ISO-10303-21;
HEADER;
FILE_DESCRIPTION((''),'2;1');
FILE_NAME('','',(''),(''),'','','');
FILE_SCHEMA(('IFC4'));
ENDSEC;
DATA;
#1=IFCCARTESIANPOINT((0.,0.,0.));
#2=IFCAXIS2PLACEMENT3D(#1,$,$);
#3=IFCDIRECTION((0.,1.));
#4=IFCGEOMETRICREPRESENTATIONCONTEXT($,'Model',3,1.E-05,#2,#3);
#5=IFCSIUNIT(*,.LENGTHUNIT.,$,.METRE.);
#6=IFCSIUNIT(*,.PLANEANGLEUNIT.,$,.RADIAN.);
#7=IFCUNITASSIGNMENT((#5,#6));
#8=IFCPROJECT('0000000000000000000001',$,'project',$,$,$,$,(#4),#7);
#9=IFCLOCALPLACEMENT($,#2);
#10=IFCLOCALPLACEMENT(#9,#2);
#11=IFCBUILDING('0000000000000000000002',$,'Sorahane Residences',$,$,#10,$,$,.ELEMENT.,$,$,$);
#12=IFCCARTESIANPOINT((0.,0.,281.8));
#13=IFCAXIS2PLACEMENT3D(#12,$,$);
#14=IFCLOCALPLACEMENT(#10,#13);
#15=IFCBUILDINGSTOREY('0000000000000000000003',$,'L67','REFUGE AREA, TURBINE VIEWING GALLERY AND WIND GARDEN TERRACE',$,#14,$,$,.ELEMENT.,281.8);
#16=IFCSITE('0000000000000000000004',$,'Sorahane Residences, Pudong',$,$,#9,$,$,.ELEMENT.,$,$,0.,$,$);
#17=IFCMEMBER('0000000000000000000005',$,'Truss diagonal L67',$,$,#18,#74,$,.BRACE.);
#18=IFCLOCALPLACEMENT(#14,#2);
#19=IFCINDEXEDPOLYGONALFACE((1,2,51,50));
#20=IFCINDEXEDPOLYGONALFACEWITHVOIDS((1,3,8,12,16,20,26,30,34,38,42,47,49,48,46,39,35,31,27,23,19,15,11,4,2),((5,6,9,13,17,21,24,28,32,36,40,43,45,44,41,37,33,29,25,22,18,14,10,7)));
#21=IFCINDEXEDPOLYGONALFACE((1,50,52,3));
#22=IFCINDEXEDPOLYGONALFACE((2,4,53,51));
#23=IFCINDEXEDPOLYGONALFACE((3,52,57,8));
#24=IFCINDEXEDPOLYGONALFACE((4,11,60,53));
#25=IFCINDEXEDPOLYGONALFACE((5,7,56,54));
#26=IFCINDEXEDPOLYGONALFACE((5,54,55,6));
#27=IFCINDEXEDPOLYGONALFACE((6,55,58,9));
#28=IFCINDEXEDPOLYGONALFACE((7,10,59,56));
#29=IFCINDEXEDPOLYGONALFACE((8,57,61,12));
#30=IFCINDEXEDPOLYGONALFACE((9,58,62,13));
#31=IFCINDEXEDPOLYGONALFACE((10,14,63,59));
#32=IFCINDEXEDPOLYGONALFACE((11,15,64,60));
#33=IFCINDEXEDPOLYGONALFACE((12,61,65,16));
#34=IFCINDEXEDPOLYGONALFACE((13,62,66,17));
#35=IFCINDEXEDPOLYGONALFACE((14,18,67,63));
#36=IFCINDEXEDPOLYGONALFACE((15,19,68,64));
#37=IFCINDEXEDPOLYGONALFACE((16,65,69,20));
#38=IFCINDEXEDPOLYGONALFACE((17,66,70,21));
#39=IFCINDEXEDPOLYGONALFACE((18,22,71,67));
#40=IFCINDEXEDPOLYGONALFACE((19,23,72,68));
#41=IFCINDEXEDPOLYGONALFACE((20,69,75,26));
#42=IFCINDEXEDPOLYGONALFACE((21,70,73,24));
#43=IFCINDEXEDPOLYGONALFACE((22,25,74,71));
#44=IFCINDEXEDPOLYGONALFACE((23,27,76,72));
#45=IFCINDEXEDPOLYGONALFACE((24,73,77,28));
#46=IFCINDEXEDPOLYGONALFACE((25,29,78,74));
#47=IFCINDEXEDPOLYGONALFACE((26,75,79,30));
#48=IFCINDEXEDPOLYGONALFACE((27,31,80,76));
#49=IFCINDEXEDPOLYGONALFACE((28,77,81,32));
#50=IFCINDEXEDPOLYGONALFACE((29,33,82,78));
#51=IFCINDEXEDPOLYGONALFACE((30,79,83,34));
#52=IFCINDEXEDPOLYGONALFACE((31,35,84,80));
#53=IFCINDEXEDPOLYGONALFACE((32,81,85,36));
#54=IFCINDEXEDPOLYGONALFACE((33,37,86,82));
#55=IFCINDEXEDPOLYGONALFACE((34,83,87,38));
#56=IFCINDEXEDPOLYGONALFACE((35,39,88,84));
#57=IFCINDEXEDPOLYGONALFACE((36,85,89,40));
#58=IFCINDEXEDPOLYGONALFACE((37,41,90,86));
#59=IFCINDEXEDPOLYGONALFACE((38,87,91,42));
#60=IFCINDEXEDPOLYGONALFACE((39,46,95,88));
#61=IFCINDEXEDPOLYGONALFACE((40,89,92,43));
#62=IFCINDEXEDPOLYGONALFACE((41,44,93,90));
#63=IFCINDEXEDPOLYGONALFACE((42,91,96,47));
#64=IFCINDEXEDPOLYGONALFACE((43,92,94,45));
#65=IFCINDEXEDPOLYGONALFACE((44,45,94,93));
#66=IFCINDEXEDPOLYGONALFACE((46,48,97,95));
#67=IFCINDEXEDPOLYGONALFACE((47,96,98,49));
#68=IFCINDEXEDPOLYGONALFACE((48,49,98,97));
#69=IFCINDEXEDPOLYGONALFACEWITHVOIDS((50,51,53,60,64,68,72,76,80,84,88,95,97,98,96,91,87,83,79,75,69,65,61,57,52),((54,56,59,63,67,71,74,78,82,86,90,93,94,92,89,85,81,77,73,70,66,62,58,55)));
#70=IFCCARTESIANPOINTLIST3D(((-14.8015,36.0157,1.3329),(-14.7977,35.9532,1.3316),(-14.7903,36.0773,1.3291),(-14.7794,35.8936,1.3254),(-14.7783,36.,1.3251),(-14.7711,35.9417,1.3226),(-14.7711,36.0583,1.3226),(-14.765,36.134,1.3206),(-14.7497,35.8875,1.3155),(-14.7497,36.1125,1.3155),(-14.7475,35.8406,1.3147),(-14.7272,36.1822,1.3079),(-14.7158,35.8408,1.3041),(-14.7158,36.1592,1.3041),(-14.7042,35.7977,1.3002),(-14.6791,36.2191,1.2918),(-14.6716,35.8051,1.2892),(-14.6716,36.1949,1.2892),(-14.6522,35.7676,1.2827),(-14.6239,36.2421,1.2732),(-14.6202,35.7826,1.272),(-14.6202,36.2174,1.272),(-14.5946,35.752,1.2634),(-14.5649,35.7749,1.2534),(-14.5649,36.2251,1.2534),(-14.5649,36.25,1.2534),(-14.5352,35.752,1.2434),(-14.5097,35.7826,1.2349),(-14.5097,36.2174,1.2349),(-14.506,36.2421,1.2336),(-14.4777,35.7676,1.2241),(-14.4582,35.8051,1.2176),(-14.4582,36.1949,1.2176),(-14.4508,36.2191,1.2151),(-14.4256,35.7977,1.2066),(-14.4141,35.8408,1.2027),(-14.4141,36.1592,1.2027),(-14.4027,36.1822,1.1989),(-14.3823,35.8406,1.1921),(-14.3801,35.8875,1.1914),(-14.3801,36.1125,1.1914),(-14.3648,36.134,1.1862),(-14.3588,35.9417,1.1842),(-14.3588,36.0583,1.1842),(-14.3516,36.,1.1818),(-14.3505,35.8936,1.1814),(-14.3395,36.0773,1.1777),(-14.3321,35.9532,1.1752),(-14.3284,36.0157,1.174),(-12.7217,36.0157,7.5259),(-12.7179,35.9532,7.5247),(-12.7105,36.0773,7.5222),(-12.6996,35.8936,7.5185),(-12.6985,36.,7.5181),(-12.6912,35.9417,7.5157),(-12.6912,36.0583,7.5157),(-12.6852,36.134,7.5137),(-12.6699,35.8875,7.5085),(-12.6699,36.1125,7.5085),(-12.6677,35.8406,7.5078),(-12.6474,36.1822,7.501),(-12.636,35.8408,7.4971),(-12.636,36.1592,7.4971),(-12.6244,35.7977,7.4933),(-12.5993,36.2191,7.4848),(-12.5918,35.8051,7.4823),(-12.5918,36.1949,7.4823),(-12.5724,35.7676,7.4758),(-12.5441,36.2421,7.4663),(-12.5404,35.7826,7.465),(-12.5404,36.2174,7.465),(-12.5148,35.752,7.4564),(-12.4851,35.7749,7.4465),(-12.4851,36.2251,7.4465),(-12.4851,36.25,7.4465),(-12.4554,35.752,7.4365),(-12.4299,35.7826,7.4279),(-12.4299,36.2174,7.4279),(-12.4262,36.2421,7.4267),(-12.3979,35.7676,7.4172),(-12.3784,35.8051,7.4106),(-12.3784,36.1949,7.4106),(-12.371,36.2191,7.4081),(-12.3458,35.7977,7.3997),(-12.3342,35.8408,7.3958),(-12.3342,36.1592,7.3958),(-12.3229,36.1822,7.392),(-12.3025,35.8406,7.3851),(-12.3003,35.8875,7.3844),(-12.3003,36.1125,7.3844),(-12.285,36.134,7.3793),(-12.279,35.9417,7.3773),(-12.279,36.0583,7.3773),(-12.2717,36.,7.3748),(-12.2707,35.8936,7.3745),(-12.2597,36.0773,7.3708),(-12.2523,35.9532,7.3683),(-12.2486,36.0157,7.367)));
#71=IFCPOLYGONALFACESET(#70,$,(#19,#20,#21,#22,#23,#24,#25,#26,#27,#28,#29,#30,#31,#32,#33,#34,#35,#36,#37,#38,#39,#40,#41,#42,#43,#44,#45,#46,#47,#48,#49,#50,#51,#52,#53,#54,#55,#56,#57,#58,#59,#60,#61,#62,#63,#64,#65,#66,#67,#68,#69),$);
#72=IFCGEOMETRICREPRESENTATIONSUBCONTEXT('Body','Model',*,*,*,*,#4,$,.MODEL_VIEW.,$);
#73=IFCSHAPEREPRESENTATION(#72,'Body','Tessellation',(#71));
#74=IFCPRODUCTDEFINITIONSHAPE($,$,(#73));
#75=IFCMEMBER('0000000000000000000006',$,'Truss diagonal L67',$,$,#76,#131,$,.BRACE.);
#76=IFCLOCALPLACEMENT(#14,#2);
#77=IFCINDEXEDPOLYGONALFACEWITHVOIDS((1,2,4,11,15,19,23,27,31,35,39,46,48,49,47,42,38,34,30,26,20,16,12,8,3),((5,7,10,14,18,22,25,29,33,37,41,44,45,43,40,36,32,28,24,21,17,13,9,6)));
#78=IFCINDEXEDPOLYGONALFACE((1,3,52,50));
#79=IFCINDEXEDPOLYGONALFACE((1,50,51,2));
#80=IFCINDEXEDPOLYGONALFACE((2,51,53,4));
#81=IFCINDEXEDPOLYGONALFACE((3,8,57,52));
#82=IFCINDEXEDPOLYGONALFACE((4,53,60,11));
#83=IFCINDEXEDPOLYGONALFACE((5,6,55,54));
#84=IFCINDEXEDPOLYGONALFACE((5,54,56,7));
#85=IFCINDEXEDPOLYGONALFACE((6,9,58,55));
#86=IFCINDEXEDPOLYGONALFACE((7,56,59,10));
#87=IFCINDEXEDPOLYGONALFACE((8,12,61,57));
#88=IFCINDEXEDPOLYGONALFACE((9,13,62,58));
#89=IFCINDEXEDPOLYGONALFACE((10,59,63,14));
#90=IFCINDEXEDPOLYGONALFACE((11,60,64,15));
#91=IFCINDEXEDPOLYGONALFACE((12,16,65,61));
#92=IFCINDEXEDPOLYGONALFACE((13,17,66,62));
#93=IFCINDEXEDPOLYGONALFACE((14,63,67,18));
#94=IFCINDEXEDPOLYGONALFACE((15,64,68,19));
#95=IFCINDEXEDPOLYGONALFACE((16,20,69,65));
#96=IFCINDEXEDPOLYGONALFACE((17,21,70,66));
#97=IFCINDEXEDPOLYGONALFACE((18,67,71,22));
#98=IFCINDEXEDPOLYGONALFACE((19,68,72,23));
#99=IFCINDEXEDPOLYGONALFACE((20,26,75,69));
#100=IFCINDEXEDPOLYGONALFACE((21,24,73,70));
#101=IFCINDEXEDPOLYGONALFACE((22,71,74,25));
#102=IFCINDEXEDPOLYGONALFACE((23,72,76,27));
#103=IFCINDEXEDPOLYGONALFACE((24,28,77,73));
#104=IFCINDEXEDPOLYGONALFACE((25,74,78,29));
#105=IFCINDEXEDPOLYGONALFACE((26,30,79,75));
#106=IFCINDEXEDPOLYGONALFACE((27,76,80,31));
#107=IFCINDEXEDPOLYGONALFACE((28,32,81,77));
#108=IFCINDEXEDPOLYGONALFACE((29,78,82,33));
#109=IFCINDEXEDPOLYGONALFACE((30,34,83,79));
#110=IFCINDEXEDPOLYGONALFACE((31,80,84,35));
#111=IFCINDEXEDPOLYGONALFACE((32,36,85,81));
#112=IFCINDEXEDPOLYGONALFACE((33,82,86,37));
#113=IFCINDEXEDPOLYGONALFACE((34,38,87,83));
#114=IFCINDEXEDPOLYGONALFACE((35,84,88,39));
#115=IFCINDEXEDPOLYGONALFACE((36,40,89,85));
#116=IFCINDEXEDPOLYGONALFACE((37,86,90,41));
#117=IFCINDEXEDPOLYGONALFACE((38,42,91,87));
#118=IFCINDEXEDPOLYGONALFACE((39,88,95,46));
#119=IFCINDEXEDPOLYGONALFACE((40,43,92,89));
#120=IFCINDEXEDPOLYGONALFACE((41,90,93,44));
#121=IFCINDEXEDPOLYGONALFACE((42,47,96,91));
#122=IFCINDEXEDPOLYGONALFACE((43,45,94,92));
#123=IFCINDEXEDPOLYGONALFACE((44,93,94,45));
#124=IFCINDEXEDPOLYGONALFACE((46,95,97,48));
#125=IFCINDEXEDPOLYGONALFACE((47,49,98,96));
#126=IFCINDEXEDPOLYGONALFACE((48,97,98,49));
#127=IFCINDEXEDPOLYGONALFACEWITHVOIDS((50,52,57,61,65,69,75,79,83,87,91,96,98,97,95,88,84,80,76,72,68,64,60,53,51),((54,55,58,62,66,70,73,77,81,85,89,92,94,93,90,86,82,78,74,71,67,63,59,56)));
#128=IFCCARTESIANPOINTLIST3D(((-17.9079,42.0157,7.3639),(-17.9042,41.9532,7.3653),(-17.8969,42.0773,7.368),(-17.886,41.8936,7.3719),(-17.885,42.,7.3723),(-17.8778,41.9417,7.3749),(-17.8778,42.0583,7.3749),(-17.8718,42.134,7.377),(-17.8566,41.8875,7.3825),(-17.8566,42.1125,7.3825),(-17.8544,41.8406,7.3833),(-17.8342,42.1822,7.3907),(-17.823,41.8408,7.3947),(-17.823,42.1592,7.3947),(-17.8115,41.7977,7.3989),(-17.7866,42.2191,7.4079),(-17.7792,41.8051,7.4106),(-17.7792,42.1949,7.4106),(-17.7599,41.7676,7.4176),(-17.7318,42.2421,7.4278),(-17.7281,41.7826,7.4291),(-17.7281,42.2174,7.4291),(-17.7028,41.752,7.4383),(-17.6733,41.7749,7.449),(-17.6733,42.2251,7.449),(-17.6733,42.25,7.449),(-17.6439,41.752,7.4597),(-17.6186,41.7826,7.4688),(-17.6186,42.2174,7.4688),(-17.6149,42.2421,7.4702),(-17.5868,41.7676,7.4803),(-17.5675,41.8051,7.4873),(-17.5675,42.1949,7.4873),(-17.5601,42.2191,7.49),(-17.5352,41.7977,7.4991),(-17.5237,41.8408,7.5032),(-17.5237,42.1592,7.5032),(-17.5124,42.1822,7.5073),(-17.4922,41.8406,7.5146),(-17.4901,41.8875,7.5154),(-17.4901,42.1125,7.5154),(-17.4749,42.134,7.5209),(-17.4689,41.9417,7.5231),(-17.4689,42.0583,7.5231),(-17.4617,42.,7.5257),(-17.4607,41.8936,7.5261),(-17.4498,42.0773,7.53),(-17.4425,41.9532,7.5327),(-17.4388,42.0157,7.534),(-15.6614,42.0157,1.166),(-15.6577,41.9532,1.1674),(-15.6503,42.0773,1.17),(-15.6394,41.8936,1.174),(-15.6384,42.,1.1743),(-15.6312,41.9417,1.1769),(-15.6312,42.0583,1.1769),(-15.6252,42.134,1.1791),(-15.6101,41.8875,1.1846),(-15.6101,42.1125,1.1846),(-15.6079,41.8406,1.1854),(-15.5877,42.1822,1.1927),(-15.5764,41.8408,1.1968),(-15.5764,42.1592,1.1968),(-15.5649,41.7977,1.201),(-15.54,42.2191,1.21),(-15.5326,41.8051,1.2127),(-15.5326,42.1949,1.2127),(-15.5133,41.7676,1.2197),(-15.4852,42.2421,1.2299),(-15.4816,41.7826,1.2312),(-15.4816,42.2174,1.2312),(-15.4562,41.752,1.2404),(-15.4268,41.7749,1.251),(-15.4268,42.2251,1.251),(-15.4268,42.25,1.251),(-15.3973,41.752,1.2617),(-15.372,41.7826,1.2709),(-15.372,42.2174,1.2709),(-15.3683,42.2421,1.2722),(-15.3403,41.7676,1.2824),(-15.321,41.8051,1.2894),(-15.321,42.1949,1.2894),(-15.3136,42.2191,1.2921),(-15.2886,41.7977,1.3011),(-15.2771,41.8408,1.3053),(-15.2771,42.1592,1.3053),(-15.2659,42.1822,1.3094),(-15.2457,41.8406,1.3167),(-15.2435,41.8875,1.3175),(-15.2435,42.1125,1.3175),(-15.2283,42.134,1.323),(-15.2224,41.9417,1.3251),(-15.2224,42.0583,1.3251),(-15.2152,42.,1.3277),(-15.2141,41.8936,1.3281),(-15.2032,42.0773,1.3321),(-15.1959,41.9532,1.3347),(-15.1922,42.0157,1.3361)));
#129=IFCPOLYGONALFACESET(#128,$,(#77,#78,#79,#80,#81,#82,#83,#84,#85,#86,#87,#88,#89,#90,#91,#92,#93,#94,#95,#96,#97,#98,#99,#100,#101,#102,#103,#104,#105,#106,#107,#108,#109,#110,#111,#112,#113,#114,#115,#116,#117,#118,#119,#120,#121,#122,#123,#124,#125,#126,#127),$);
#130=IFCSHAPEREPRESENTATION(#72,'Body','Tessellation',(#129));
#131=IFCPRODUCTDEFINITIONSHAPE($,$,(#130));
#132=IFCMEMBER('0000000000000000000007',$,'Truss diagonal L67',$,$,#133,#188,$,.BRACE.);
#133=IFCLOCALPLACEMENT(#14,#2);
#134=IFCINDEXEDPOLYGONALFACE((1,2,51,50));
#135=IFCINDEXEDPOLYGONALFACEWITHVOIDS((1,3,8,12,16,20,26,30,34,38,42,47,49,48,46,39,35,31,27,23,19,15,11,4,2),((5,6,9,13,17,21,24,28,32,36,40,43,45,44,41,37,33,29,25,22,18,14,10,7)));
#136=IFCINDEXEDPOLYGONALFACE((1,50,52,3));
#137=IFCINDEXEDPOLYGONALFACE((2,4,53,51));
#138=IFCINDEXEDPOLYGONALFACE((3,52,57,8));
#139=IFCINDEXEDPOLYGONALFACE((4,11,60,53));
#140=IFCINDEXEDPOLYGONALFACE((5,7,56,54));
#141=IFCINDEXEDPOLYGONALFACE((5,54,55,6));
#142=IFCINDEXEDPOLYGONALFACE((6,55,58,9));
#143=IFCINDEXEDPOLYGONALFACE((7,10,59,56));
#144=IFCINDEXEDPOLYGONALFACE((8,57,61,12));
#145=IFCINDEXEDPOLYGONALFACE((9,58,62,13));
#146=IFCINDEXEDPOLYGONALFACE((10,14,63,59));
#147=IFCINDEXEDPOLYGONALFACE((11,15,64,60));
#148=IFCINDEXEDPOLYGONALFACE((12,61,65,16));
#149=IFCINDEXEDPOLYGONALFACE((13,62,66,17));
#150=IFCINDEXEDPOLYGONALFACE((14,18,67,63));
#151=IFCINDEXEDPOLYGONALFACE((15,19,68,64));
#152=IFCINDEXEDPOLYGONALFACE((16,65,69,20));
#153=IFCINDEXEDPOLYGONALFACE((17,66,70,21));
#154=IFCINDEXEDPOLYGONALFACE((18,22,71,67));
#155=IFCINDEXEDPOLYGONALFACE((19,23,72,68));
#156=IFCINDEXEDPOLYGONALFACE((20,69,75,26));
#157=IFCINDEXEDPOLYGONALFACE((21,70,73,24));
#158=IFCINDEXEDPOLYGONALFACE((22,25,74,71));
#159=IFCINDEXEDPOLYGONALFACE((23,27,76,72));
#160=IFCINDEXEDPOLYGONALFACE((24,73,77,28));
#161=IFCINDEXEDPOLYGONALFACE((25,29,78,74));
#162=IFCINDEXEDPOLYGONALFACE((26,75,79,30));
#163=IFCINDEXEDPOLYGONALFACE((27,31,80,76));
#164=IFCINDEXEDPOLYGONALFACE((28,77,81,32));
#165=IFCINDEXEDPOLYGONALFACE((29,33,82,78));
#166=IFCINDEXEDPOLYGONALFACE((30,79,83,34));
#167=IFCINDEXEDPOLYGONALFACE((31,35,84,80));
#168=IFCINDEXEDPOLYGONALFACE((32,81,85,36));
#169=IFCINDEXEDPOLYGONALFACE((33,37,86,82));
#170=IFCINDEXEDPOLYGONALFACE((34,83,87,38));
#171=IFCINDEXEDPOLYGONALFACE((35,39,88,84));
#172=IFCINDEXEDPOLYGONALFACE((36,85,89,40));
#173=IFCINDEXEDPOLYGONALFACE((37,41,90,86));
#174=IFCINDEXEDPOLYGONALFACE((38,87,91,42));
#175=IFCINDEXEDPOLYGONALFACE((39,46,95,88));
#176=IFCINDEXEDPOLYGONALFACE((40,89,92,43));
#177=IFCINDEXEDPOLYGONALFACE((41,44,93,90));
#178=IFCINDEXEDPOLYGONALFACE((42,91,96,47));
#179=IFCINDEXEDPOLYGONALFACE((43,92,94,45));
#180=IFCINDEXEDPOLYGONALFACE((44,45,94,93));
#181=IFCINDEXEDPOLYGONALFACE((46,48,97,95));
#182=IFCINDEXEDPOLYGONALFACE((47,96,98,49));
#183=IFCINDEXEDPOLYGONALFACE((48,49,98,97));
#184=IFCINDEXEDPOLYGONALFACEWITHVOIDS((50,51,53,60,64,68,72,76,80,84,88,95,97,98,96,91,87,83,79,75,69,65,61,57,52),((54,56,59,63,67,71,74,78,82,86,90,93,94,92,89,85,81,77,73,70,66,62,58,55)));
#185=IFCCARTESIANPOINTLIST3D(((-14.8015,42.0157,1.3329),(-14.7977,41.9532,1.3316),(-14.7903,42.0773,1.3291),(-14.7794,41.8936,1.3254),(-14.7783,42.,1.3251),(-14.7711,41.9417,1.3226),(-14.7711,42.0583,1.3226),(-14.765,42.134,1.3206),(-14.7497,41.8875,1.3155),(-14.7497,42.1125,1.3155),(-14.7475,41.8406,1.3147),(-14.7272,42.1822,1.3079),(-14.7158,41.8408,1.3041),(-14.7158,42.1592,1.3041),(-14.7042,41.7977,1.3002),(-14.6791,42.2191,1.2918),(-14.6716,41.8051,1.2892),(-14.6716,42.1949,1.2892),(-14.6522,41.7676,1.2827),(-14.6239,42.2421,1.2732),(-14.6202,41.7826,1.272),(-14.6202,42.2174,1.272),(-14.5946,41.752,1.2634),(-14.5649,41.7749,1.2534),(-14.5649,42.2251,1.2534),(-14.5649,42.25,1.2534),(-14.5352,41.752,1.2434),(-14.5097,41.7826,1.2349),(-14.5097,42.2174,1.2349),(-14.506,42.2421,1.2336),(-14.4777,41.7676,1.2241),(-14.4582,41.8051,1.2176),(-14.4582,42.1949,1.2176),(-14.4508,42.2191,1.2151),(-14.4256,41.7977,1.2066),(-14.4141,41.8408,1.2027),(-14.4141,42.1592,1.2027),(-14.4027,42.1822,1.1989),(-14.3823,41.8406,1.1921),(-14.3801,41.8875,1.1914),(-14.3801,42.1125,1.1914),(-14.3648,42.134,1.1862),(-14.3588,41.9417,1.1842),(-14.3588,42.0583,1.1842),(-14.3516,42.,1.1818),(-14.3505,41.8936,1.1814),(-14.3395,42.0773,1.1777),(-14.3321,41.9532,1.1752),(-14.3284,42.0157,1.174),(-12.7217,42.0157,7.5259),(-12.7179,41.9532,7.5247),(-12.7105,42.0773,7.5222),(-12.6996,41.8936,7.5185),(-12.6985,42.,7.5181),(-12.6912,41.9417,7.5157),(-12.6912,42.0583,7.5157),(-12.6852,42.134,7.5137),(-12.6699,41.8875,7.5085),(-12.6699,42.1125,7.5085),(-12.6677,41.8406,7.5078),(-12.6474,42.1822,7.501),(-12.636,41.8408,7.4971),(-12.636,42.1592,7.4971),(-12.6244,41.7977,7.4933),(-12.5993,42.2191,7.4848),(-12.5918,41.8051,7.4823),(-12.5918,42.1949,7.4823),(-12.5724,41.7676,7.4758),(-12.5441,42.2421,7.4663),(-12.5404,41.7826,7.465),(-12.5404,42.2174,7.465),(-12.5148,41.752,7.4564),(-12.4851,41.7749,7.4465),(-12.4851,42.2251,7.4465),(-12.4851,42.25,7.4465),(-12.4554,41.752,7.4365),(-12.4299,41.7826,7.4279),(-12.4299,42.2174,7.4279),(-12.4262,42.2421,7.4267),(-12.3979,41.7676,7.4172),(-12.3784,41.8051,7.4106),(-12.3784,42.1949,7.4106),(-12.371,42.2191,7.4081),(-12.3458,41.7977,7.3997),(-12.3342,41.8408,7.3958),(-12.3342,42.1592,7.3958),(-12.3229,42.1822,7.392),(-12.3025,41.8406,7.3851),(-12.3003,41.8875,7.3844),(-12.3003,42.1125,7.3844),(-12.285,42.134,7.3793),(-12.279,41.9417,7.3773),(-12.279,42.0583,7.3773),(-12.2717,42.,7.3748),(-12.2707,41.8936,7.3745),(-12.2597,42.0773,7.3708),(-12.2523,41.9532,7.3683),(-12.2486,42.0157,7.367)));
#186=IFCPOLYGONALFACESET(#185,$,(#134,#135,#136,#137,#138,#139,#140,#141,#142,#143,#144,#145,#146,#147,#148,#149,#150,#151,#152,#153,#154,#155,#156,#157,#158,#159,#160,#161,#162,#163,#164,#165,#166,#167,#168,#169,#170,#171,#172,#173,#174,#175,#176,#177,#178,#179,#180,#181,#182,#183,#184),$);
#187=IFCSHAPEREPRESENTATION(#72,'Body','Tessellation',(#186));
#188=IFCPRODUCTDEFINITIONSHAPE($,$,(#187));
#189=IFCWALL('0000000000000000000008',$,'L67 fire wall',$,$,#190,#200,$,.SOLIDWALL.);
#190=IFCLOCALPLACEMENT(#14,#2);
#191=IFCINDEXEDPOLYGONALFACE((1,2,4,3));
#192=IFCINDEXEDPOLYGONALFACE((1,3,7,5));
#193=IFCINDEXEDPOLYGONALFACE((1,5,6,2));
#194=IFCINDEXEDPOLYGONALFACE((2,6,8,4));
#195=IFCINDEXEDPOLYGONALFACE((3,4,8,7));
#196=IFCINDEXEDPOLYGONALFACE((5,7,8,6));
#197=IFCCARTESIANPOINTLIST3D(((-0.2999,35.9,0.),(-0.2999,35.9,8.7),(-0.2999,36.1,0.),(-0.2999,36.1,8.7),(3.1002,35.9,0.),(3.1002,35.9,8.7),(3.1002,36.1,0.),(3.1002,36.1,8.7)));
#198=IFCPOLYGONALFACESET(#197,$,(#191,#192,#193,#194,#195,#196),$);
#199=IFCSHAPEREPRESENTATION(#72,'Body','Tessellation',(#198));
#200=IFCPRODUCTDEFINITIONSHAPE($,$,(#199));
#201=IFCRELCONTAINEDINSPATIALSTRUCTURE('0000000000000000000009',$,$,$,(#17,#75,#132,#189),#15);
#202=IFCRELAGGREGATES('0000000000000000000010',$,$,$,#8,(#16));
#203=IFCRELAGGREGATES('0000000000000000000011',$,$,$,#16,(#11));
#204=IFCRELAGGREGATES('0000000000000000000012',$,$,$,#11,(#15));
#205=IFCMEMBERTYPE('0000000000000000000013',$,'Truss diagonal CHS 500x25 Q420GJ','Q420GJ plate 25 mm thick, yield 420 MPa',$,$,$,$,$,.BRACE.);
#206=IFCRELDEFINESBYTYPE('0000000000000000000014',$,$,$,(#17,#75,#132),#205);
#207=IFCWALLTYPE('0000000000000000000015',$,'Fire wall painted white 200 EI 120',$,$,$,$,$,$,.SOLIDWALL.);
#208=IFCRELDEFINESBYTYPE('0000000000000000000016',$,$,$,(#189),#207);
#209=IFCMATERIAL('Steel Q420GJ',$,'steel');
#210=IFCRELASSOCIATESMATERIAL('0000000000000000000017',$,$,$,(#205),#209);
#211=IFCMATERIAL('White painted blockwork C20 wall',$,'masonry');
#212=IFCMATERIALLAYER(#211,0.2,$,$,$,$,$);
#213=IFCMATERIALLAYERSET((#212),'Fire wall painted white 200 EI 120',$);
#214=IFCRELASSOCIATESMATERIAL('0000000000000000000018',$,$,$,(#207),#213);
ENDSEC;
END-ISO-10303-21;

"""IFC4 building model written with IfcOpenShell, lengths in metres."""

from ifc_helpers import new_model, si_unit, direction, frame, frame_2d, origin, origin_2d, place, context, subcontext, project, spatial, rectangle, hollow_circle, extrude, material, layer, layer_set, material_profile, profile_set, type_object, element, save


model = new_model("IFC4")

# Units and contexts
model_context = context("Model", 3, precision=1e-05, world=origin(), true_north=direction((0.0, 1.0)))
body_context = subcontext(model_context, "Body", "Model", "MODEL_VIEW")
ifc_project = project(units=[si_unit("LENGTHUNIT", "METRE"), si_unit("PLANEANGLEUNIT", "RADIAN")], contexts=[model_context])

# Site, building, storey
site_placement = place(None, origin())
site = spatial("IfcSite", under=ifc_project, at=site_placement, Name="Sorahane Residences, Pudong", CompositionType="ELEMENT", RefElevation=0.0)
building_placement = place(site_placement, origin())
building = spatial("IfcBuilding", under=site, at=building_placement, Name="Sorahane Residences", CompositionType="ELEMENT")
storey_placement = place(building_placement, frame((0.0, 0.0, 281.8)))
storey = spatial("IfcBuildingStorey", under=building, at=storey_placement, Name="L67", Description="REFUGE AREA, TURBINE VIEWING GALLERY AND WIND GARDEN TERRACE", CompositionType="ELEMENT", Elevation=281.8)

# Members
ifc_material_1 = material(Name="Steel Q420GJ", Category="steel")
ifc_material_profile_1 = material_profile(ifc_material_1, hollow_circle(Radius=0.25, WallThickness=0.0249, at=origin_2d()), Name="CHS 500x25")
ifc_profile_set_1 = profile_set([ifc_material_profile_1], Name="Steel Q420GJ")
member_type = type_object("IfcMemberType", Name="Truss diagonal CHS 500x25 Q420GJ", Description="Q420GJ plate 25 mm thick, yield 420 MPa", PredefinedType="BRACE", material=ifc_profile_set_1)
member_1_placement = place(storey_placement, frame((-14.5649, 36.0, 1.2534), z_axis=(0.318357, 0.0, 0.947971), x_axis=(0.0, 1.0, 0.0)))
element("IfcMember", 1, at=member_1_placement, inside=storey, type_object=member_type, Name="Truss diagonal L67", PredefinedType="BRACE", context=body_context, shape_type="SweptSolid", body=[
    extrude(hollow_circle(Radius=0.25, WallThickness=0.0249, at=origin_2d()), origin(), (0.0, 0.0, 1.0), 6.533),
])
member_2_placement = place(storey_placement, frame((-17.6733, 42.0, 7.449), z_axis=(0.340774, 0.0, -0.940145), x_axis=(0.0, 1.0, 0.0)))
element("IfcMember", 2, at=member_2_placement, inside=storey, type_object=member_type, Name="Truss diagonal L67", PredefinedType="BRACE", context=body_context, shape_type="SweptSolid", body=[
    extrude(hollow_circle(Radius=0.25, WallThickness=0.0249, at=origin_2d()), origin(), (0.0, 0.0, 1.0), 6.5925),
])
member_3_placement = place(storey_placement, frame((-14.5649, 42.0, 1.2534), z_axis=(0.318357, 0.0, 0.947971), x_axis=(0.0, 1.0, 0.0)))
element("IfcMember", 3, at=member_3_placement, inside=storey, type_object=member_type, Name="Truss diagonal L67", PredefinedType="BRACE", context=body_context, shape_type="SweptSolid", body=[
    extrude(hollow_circle(Radius=0.25, WallThickness=0.0249, at=origin_2d()), origin(), (0.0, 0.0, 1.0), 6.533),
])

# Wall
ifc_material_2 = material(Name="White painted blockwork C20 wall", Category="masonry")
ifc_layer_1 = layer(ifc_material_2, 0.2)
ifc_layer_set_1 = layer_set([ifc_layer_1], Name="Fire wall painted white 200 EI 120")
wall_type = type_object("IfcWallType", Name="Fire wall painted white 200 EI 120", PredefinedType="SOLIDWALL", material=ifc_layer_set_1)
wall_1_placement = place(storey_placement, frame((-0.3, 36.0, 0.0), z_axis=(0.0, 0.0, 1.0), x_axis=(1.0, 0.0, 0.0)))
element("IfcWall", 4, at=wall_1_placement, inside=storey, type_object=wall_type, Name="L67 fire wall", PredefinedType="SOLIDWALL", context=body_context, shape_type="SweptSolid", body=[
    extrude(rectangle(XDim=3.4001, YDim=0.2, at=frame_2d((1.7002, 0.0))), origin(), (0.0, 0.0, 1.0), 8.7),
])

save(model, "model.ifc")
